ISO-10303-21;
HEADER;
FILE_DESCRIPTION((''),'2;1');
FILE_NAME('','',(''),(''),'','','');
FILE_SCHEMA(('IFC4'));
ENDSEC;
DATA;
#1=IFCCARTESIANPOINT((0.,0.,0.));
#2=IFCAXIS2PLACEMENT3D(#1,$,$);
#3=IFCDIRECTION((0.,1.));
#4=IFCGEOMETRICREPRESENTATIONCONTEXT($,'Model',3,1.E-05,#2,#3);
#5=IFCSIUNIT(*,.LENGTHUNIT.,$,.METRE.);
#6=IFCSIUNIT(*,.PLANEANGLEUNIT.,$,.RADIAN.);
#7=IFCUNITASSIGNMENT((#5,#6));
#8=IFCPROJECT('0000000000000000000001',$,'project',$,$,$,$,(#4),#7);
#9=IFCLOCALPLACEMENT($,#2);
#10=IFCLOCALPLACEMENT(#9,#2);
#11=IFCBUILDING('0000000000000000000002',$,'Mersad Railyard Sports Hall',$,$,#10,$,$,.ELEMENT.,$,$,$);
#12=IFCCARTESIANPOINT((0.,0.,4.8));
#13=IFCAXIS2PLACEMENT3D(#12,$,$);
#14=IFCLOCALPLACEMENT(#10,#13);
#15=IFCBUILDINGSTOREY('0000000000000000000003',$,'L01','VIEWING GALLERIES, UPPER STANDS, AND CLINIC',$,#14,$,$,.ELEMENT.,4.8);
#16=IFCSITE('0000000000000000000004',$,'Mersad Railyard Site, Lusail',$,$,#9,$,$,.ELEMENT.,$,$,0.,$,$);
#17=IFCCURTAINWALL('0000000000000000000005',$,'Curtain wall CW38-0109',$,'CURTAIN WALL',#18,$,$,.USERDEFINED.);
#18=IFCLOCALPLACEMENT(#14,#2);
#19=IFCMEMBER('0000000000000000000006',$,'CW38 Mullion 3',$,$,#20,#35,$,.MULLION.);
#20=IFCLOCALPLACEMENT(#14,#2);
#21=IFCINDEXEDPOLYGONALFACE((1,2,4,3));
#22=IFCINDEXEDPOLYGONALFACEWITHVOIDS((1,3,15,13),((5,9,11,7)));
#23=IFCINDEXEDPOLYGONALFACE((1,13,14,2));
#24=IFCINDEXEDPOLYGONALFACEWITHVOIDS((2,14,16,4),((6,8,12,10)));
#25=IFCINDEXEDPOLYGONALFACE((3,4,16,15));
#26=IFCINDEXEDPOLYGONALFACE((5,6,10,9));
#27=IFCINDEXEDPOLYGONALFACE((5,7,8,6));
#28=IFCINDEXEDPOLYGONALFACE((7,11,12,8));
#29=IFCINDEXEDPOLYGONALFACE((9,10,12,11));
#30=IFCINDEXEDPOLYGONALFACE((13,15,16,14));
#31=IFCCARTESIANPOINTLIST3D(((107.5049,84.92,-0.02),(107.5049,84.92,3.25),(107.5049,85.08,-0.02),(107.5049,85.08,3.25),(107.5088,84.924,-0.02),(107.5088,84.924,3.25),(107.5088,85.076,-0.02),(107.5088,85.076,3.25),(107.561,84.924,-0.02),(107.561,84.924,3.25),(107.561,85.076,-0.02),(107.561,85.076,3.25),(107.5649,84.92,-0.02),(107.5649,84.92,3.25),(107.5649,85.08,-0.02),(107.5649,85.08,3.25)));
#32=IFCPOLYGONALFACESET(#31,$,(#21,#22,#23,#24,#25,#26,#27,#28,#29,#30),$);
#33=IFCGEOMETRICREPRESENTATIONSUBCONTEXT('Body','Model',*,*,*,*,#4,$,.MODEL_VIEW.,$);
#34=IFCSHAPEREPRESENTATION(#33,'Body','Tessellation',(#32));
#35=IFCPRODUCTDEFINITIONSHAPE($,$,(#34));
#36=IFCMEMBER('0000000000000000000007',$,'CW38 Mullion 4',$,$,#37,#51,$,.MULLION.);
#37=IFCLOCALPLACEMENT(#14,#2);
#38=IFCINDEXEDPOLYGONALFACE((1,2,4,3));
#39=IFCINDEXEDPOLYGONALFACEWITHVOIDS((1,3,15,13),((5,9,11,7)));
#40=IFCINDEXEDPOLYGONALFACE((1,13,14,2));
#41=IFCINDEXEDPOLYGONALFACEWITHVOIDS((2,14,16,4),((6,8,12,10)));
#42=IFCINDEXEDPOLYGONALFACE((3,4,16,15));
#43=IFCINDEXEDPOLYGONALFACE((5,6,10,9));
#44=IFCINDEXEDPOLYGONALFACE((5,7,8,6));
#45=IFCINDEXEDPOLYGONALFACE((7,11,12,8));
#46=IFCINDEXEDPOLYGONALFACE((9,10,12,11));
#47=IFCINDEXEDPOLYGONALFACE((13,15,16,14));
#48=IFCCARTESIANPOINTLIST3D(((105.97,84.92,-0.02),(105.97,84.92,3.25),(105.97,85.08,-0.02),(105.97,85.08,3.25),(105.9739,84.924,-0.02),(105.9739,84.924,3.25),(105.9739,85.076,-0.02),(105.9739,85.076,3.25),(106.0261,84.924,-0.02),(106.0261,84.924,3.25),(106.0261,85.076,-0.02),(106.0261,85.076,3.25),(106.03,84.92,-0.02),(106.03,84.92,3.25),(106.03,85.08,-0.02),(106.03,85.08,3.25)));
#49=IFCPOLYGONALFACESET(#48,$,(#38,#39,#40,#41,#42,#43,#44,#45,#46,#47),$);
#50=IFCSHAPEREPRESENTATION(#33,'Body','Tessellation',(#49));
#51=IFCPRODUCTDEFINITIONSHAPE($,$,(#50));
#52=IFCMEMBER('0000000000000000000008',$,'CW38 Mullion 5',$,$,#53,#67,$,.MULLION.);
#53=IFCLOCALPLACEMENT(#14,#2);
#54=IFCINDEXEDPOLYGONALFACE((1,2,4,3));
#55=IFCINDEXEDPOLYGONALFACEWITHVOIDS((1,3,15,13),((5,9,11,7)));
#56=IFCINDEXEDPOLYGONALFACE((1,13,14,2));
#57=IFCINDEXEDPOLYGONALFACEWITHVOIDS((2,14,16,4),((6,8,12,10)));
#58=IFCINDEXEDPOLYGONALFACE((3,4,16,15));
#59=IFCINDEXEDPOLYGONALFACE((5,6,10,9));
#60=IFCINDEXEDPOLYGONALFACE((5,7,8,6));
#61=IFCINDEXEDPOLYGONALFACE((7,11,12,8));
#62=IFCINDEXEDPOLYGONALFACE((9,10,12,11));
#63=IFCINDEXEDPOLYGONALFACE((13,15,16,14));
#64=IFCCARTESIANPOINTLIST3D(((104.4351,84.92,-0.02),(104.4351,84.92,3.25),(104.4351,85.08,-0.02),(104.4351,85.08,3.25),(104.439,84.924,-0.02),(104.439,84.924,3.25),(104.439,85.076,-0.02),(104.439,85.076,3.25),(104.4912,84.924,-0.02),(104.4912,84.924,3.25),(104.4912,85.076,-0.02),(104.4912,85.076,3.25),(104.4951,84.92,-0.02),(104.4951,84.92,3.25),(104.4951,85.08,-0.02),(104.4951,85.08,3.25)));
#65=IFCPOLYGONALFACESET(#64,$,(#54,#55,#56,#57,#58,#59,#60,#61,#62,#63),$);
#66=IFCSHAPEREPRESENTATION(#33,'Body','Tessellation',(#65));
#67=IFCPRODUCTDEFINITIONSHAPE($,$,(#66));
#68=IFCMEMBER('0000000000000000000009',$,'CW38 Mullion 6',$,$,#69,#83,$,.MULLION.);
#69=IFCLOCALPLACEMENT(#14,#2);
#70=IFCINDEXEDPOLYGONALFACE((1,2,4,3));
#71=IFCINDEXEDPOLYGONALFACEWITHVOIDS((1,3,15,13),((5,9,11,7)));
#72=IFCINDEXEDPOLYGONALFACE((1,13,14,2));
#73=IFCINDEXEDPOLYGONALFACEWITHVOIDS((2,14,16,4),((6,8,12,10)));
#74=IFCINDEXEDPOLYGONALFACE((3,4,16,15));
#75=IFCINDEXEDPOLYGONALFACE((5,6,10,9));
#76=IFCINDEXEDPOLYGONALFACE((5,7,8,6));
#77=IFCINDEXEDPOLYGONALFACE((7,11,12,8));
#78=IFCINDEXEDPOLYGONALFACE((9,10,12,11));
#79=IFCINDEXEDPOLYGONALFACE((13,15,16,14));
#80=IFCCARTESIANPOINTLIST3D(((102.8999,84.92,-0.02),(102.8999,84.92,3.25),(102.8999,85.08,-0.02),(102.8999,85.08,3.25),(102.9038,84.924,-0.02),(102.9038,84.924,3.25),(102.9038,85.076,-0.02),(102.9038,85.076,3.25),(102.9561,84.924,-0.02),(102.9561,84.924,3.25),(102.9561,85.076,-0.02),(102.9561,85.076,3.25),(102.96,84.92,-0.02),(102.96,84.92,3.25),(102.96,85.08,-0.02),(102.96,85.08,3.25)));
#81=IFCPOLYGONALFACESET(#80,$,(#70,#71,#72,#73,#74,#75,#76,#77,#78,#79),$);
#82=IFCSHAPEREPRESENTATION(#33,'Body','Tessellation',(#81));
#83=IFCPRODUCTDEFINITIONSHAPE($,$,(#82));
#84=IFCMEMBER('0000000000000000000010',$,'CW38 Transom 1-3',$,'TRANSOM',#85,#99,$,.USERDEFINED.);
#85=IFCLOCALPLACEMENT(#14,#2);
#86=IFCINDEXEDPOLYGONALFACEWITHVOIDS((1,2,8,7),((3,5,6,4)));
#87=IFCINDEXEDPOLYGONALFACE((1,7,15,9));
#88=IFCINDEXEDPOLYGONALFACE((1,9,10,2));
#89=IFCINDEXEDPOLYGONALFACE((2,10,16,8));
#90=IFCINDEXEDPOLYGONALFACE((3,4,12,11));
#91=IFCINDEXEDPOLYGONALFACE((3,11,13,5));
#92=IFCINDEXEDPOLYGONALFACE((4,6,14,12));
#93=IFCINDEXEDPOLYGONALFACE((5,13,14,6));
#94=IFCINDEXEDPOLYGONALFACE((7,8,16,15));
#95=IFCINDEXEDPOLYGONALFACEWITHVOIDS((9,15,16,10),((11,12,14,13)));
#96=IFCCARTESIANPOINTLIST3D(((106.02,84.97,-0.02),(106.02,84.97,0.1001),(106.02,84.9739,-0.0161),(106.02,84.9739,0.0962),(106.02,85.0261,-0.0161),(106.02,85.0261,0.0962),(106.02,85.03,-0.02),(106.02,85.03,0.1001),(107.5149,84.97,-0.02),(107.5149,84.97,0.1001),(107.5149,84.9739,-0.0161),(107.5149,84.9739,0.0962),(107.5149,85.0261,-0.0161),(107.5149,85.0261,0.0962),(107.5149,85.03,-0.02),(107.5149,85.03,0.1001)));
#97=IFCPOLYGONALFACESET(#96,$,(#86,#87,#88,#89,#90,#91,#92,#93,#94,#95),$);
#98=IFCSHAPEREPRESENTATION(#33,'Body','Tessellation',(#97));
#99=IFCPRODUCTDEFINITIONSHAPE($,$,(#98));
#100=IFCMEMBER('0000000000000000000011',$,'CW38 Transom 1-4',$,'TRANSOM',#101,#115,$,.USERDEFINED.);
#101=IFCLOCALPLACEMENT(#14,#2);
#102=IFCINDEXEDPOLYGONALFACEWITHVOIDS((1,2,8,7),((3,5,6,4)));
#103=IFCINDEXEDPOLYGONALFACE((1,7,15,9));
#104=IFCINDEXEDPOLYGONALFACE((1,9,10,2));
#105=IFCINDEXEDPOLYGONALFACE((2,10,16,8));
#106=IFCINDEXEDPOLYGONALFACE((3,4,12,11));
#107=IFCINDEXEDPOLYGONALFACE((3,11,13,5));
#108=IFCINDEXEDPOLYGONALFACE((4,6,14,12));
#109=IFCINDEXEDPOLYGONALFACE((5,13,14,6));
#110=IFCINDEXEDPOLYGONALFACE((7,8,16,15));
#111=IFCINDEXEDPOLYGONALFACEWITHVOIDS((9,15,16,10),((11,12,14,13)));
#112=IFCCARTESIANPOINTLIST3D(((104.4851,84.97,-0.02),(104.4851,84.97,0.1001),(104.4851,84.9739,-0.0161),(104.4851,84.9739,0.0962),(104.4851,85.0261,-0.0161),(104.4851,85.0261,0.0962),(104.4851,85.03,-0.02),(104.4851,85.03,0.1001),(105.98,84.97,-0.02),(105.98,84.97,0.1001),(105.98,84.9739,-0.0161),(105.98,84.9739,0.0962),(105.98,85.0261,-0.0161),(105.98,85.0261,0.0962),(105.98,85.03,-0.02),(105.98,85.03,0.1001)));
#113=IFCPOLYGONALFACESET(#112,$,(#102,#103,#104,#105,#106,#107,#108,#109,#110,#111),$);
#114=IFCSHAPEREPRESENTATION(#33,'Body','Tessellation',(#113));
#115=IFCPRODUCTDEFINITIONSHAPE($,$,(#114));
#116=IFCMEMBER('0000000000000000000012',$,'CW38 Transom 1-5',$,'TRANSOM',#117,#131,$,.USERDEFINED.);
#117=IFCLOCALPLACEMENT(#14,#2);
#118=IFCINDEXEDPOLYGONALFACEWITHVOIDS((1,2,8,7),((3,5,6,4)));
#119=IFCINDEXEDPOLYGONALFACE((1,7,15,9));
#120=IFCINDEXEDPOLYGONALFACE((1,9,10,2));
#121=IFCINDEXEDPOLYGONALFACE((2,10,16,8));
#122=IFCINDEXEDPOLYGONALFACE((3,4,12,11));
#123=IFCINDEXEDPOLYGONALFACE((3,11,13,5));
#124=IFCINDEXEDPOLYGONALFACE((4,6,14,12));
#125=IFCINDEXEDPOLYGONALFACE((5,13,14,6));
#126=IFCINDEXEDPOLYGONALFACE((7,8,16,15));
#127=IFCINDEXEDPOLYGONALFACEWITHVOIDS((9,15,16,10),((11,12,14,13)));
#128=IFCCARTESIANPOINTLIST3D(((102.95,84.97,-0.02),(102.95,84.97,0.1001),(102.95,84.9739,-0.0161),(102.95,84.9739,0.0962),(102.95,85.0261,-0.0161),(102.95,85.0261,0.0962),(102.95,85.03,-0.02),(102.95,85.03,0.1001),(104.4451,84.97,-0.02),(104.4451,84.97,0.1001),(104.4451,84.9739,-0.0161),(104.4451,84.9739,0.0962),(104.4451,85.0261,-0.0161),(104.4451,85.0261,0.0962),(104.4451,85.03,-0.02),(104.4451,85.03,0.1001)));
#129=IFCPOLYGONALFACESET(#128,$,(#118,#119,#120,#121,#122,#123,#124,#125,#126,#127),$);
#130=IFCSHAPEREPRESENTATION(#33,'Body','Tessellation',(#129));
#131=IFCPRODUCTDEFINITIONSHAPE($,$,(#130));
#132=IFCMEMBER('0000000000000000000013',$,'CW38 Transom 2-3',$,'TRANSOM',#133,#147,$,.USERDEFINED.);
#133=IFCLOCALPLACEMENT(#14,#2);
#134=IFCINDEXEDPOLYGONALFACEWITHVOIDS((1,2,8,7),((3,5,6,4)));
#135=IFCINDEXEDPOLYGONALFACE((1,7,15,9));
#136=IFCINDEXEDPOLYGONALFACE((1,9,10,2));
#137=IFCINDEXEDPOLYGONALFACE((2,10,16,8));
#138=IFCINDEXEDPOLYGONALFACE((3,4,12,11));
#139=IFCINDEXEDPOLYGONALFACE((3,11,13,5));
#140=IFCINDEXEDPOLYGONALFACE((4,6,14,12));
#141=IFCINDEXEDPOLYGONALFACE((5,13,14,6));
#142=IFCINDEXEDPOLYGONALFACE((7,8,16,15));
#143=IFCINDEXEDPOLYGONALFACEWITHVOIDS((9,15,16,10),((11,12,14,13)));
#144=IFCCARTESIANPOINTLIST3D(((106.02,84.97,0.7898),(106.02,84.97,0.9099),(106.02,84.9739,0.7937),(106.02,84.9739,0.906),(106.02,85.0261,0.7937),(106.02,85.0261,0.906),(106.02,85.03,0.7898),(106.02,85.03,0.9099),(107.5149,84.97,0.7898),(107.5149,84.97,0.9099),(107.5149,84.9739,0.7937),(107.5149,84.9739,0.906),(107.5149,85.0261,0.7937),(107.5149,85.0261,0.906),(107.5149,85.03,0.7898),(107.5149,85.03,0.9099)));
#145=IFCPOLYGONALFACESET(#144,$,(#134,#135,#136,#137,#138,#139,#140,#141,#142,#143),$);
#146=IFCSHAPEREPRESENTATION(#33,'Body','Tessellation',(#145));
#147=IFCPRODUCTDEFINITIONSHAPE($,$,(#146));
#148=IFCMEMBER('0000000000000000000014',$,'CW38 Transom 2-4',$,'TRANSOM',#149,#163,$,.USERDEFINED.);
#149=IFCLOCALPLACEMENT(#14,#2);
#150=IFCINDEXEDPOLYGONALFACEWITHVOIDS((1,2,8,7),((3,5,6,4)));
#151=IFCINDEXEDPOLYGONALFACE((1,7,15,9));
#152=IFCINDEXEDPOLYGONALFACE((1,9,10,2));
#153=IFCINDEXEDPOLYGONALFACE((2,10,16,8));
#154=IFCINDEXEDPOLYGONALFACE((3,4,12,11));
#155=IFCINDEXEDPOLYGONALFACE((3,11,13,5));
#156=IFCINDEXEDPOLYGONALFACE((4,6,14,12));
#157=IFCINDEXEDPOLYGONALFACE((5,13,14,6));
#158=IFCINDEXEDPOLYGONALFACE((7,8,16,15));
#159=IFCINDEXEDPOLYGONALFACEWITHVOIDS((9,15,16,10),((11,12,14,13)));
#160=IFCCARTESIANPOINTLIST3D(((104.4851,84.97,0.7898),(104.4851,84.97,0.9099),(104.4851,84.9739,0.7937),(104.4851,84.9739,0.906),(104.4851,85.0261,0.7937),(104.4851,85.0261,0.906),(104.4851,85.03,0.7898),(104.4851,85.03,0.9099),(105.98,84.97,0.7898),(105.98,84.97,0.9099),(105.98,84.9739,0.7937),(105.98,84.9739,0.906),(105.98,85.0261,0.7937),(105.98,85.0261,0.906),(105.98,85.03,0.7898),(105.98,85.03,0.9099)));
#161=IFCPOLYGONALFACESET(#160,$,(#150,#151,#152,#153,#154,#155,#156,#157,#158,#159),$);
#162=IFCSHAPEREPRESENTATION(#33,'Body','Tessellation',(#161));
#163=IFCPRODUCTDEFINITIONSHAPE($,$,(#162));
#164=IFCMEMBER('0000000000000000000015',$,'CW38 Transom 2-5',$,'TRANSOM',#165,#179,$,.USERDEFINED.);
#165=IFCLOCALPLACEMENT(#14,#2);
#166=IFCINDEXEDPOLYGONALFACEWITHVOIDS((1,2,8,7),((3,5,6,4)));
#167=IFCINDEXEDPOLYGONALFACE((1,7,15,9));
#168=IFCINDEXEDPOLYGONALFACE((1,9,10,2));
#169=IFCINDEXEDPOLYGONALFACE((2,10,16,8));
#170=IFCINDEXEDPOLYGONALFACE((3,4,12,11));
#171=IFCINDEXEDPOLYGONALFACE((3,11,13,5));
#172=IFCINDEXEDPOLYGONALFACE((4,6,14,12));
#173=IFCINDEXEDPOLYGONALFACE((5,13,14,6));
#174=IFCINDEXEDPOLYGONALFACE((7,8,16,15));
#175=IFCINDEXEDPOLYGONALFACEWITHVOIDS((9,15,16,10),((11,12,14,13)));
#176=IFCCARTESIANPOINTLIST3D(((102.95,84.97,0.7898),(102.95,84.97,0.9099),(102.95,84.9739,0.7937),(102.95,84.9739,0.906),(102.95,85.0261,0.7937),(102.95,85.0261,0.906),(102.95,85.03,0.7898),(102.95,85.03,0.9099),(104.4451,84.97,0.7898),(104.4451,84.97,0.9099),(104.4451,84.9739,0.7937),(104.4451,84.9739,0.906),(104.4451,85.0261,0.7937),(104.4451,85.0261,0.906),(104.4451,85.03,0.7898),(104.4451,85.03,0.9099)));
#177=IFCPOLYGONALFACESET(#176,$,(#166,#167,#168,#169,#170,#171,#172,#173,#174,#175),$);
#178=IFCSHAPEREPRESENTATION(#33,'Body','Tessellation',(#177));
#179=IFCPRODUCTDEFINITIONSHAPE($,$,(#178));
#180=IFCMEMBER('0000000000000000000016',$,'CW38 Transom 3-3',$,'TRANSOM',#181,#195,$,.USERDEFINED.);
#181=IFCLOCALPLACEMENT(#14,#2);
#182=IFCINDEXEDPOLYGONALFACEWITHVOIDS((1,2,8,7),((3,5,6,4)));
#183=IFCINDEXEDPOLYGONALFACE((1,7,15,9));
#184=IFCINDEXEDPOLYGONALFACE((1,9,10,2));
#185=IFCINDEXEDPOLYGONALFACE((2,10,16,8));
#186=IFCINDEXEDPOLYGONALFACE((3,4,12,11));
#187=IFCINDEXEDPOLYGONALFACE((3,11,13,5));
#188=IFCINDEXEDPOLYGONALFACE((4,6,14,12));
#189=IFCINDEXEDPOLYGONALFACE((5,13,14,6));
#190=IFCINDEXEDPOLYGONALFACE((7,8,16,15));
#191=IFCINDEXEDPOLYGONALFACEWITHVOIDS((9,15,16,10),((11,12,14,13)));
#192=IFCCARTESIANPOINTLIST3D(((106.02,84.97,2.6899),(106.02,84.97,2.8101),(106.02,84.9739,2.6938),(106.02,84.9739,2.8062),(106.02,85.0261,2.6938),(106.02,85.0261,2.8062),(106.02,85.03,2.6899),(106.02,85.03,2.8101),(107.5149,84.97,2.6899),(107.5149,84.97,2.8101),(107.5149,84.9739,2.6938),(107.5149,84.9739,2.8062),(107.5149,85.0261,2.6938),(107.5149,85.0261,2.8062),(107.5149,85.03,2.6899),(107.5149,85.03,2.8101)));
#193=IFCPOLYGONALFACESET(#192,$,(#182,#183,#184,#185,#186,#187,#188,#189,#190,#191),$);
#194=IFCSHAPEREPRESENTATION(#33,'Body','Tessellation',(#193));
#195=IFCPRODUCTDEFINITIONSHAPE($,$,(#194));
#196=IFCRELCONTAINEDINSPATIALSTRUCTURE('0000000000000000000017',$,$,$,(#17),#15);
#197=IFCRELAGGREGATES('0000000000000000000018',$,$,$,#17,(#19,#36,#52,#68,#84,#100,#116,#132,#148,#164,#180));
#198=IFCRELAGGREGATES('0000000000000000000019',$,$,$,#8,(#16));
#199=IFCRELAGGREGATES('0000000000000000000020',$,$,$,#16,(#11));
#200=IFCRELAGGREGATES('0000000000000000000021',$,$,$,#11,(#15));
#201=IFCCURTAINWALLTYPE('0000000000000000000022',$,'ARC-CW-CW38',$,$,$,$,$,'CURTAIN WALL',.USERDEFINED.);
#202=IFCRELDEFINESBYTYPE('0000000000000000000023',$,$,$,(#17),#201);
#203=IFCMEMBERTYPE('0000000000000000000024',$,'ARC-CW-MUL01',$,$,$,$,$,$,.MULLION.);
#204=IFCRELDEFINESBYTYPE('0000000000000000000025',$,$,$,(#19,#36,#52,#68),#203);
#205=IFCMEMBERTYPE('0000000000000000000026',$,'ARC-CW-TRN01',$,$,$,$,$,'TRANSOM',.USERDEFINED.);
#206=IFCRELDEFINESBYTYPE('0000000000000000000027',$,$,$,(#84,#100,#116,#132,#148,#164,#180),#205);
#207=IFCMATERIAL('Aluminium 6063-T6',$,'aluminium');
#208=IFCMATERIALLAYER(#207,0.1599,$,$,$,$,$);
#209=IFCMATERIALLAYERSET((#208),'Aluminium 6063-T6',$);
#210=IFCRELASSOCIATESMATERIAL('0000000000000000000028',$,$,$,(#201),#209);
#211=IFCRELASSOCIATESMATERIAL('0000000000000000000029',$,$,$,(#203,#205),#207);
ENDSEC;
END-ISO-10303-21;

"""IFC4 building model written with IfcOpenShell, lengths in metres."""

from ifc_helpers import new_model, si_unit, direction, frame, origin, origin_2d, place, context, subcontext, project, spatial, hollow_rectangle, extrude, material, layer, layer_set, material_profile, profile_set, type_object, element, aggregate, save


model = new_model("IFC4")

# Units and contexts
model_context = context("Model", 3, precision=1e-05, world=origin(), true_north=direction((0.0, 1.0)))
body_context = subcontext(model_context, "Body", "Model", "MODEL_VIEW")
ifc_project = project(units=[si_unit("LENGTHUNIT", "METRE"), si_unit("PLANEANGLEUNIT", "RADIAN")], contexts=[model_context])

# Site, building, storey
site_placement = place(None, origin())
site = spatial("IfcSite", under=ifc_project, at=site_placement, Name="Mersad Railyard Site, Lusail", CompositionType="ELEMENT", RefElevation=0.0)
building_placement = place(site_placement, origin())
building = spatial("IfcBuilding", under=site, at=building_placement, Name="Mersad Railyard Sports Hall", CompositionType="ELEMENT")
storey_placement = place(building_placement, frame((0.0, 0.0, 4.8)))
storey = spatial("IfcBuildingStorey", under=building, at=storey_placement, Name="L01", Description="VIEWING GALLERIES, UPPER STANDS, AND CLINIC", CompositionType="ELEMENT", Elevation=4.8)

# Curtain wall, members
ifc_material_1 = material(Name="Aluminium 6063-T6", Category="aluminium")
ifc_layer_1 = layer(ifc_material_1, 0.1599)
ifc_layer_set_1 = layer_set([ifc_layer_1], Name="Aluminium 6063-T6")
curtain_wall_type = type_object("IfcCurtainWallType", Name="ARC-CW-CW38", ElementType="CURTAIN WALL", PredefinedType="USERDEFINED", material=ifc_layer_set_1)
curtain_wall_placement = place(storey_placement, origin())
curtain_wall = element("IfcCurtainWall", 1, at=curtain_wall_placement, inside=storey, type_object=curtain_wall_type, Name="Curtain wall CW38-0109", ObjectType="CURTAIN WALL", PredefinedType="USERDEFINED")
ifc_material_profile_1 = material_profile(ifc_material_1, hollow_rectangle(XDim=0.0601, YDim=0.1599, WallThickness=0.0039, at=origin_2d()), Name="AL MULLION 60x160x4")
ifc_profile_set_1 = profile_set([ifc_material_profile_1], Name="Aluminium 6063-T6")
member_type_1 = type_object("IfcMemberType", Name="ARC-CW-MUL01", PredefinedType="MULLION", material=ifc_profile_set_1)
member_1_placement = place(storey_placement, frame((107.5349, 85.0, -0.02), z_axis=(0.0, 0.0, 1.0), x_axis=(1.0, 0.0, 0.0)))
member_1 = element("IfcMember", 2, at=member_1_placement, type_object=member_type_1, Name="CW38 Mullion 3", PredefinedType="MULLION", context=body_context, shape_type="SweptSolid", body=[
    extrude(hollow_rectangle(XDim=0.0601, YDim=0.1599, WallThickness=0.0039, at=origin_2d()), origin(), (0.0, 0.0, 1.0), 3.27),
])
member_2_placement = place(storey_placement, frame((106.0, 85.0, -0.02), z_axis=(0.0, 0.0, 1.0), x_axis=(1.0, 0.0, 0.0)))
member_2 = element("IfcMember", 3, at=member_2_placement, type_object=member_type_1, Name="CW38 Mullion 4", PredefinedType="MULLION", context=body_context, shape_type="SweptSolid", body=[
    extrude(hollow_rectangle(XDim=0.0601, YDim=0.1599, WallThickness=0.0039, at=origin_2d()), origin(), (0.0, 0.0, 1.0), 3.27),
])
member_3_placement = place(storey_placement, frame((104.4651, 85.0, -0.02), z_axis=(0.0, 0.0, 1.0), x_axis=(1.0, 0.0, 0.0)))
member_3 = element("IfcMember", 4, at=member_3_placement, type_object=member_type_1, Name="CW38 Mullion 5", PredefinedType="MULLION", context=body_context, shape_type="SweptSolid", body=[
    extrude(hollow_rectangle(XDim=0.0601, YDim=0.1599, WallThickness=0.0039, at=origin_2d()), origin(), (0.0, 0.0, 1.0), 3.27),
])
member_4_placement = place(storey_placement, frame((102.9299, 85.0, -0.02), z_axis=(0.0, 0.0, 1.0), x_axis=(1.0, 0.0, 0.0)))
member_4 = element("IfcMember", 5, at=member_4_placement, type_object=member_type_1, Name="CW38 Mullion 6", PredefinedType="MULLION", context=body_context, shape_type="SweptSolid", body=[
    extrude(hollow_rectangle(XDim=0.0601, YDim=0.1599, WallThickness=0.0039, at=origin_2d()), origin(), (0.0, 0.0, 1.0), 3.27),
])
ifc_material_profile_2 = material_profile(ifc_material_1, hollow_rectangle(XDim=0.0601, YDim=0.1201, WallThickness=0.0039, at=origin_2d()), Name="AL TRANSOM 60x120x4")
ifc_profile_set_2 = profile_set([ifc_material_profile_2], Name="Aluminium 6063-T6")
member_type_2 = type_object("IfcMemberType", Name="ARC-CW-TRN01", ElementType="TRANSOM", PredefinedType="USERDEFINED", material=ifc_profile_set_2)
member_5_placement = place(storey_placement, frame((107.5149, 85.0, 0.04), z_axis=(-1.0, 0.0, 0.0), x_axis=(0.0, -1.0, 0.0)))
member_5 = element("IfcMember", 6, at=member_5_placement, type_object=member_type_2, Name="CW38 Transom 1-3", ObjectType="TRANSOM", PredefinedType="USERDEFINED", context=body_context, shape_type="SweptSolid", body=[
    extrude(hollow_rectangle(XDim=0.0601, YDim=0.1201, WallThickness=0.0039, at=origin_2d()), origin(), (0.0, 0.0, 1.0), 1.4949),
])
member_6_placement = place(storey_placement, frame((105.98, 85.0, 0.04), z_axis=(-1.0, 0.0, 0.0), x_axis=(0.0, -1.0, 0.0)))
member_6 = element("IfcMember", 7, at=member_6_placement, type_object=member_type_2, Name="CW38 Transom 1-4", ObjectType="TRANSOM", PredefinedType="USERDEFINED", context=body_context, shape_type="SweptSolid", body=[
    extrude(hollow_rectangle(XDim=0.0601, YDim=0.1201, WallThickness=0.0039, at=origin_2d()), origin(), (0.0, 0.0, 1.0), 1.4949),
])
member_7_placement = place(storey_placement, frame((104.4451, 85.0, 0.04), z_axis=(-1.0, 0.0, 0.0), x_axis=(0.0, -1.0, 0.0)))
member_7 = element("IfcMember", 8, at=member_7_placement, type_object=member_type_2, Name="CW38 Transom 1-5", ObjectType="TRANSOM", PredefinedType="USERDEFINED", context=body_context, shape_type="SweptSolid", body=[
    extrude(hollow_rectangle(XDim=0.0601, YDim=0.1201, WallThickness=0.0039, at=origin_2d()), origin(), (0.0, 0.0, 1.0), 1.4951),
])
member_8_placement = place(storey_placement, frame((107.5149, 85.0, 0.8499), z_axis=(-1.0, 0.0, 0.0), x_axis=(0.0, -1.0, 0.0)))
member_8 = element("IfcMember", 9, at=member_8_placement, type_object=member_type_2, Name="CW38 Transom 2-3", ObjectType="TRANSOM", PredefinedType="USERDEFINED", context=body_context, shape_type="SweptSolid", body=[
    extrude(hollow_rectangle(XDim=0.0601, YDim=0.1201, WallThickness=0.0039, at=origin_2d()), origin(), (0.0, 0.0, 1.0), 1.4949),
])
member_9_placement = place(storey_placement, frame((105.98, 85.0, 0.8499), z_axis=(-1.0, 0.0, 0.0), x_axis=(0.0, -1.0, 0.0)))
member_9 = element("IfcMember", 10, at=member_9_placement, type_object=member_type_2, Name="CW38 Transom 2-4", ObjectType="TRANSOM", PredefinedType="USERDEFINED", context=body_context, shape_type="SweptSolid", body=[
    extrude(hollow_rectangle(XDim=0.0601, YDim=0.1201, WallThickness=0.0039, at=origin_2d()), origin(), (0.0, 0.0, 1.0), 1.4949),
])
member_10_placement = place(storey_placement, frame((104.4451, 85.0, 0.8499), z_axis=(-1.0, 0.0, 0.0), x_axis=(0.0, -1.0, 0.0)))
member_10 = element("IfcMember", 11, at=member_10_placement, type_object=member_type_2, Name="CW38 Transom 2-5", ObjectType="TRANSOM", PredefinedType="USERDEFINED", context=body_context, shape_type="SweptSolid", body=[
    extrude(hollow_rectangle(XDim=0.0601, YDim=0.1201, WallThickness=0.0039, at=origin_2d()), origin(), (0.0, 0.0, 1.0), 1.4951),
])
member_11_placement = place(storey_placement, frame((107.5149, 85.0, 2.75), z_axis=(-1.0, 0.0, 0.0), x_axis=(0.0, -1.0, 0.0)))
member_11 = element("IfcMember", 12, at=member_11_placement, type_object=member_type_2, Name="CW38 Transom 3-3", ObjectType="TRANSOM", PredefinedType="USERDEFINED", context=body_context, shape_type="SweptSolid", body=[
    extrude(hollow_rectangle(XDim=0.0601, YDim=0.1201, WallThickness=0.0039, at=origin_2d()), origin(), (0.0, 0.0, 1.0), 1.4949),
])
aggregate(curtain_wall, [member_1, member_2, member_3, member_4, member_5, member_6, member_7, member_8, member_9, member_10, member_11])

save(model, "model.ifc")
